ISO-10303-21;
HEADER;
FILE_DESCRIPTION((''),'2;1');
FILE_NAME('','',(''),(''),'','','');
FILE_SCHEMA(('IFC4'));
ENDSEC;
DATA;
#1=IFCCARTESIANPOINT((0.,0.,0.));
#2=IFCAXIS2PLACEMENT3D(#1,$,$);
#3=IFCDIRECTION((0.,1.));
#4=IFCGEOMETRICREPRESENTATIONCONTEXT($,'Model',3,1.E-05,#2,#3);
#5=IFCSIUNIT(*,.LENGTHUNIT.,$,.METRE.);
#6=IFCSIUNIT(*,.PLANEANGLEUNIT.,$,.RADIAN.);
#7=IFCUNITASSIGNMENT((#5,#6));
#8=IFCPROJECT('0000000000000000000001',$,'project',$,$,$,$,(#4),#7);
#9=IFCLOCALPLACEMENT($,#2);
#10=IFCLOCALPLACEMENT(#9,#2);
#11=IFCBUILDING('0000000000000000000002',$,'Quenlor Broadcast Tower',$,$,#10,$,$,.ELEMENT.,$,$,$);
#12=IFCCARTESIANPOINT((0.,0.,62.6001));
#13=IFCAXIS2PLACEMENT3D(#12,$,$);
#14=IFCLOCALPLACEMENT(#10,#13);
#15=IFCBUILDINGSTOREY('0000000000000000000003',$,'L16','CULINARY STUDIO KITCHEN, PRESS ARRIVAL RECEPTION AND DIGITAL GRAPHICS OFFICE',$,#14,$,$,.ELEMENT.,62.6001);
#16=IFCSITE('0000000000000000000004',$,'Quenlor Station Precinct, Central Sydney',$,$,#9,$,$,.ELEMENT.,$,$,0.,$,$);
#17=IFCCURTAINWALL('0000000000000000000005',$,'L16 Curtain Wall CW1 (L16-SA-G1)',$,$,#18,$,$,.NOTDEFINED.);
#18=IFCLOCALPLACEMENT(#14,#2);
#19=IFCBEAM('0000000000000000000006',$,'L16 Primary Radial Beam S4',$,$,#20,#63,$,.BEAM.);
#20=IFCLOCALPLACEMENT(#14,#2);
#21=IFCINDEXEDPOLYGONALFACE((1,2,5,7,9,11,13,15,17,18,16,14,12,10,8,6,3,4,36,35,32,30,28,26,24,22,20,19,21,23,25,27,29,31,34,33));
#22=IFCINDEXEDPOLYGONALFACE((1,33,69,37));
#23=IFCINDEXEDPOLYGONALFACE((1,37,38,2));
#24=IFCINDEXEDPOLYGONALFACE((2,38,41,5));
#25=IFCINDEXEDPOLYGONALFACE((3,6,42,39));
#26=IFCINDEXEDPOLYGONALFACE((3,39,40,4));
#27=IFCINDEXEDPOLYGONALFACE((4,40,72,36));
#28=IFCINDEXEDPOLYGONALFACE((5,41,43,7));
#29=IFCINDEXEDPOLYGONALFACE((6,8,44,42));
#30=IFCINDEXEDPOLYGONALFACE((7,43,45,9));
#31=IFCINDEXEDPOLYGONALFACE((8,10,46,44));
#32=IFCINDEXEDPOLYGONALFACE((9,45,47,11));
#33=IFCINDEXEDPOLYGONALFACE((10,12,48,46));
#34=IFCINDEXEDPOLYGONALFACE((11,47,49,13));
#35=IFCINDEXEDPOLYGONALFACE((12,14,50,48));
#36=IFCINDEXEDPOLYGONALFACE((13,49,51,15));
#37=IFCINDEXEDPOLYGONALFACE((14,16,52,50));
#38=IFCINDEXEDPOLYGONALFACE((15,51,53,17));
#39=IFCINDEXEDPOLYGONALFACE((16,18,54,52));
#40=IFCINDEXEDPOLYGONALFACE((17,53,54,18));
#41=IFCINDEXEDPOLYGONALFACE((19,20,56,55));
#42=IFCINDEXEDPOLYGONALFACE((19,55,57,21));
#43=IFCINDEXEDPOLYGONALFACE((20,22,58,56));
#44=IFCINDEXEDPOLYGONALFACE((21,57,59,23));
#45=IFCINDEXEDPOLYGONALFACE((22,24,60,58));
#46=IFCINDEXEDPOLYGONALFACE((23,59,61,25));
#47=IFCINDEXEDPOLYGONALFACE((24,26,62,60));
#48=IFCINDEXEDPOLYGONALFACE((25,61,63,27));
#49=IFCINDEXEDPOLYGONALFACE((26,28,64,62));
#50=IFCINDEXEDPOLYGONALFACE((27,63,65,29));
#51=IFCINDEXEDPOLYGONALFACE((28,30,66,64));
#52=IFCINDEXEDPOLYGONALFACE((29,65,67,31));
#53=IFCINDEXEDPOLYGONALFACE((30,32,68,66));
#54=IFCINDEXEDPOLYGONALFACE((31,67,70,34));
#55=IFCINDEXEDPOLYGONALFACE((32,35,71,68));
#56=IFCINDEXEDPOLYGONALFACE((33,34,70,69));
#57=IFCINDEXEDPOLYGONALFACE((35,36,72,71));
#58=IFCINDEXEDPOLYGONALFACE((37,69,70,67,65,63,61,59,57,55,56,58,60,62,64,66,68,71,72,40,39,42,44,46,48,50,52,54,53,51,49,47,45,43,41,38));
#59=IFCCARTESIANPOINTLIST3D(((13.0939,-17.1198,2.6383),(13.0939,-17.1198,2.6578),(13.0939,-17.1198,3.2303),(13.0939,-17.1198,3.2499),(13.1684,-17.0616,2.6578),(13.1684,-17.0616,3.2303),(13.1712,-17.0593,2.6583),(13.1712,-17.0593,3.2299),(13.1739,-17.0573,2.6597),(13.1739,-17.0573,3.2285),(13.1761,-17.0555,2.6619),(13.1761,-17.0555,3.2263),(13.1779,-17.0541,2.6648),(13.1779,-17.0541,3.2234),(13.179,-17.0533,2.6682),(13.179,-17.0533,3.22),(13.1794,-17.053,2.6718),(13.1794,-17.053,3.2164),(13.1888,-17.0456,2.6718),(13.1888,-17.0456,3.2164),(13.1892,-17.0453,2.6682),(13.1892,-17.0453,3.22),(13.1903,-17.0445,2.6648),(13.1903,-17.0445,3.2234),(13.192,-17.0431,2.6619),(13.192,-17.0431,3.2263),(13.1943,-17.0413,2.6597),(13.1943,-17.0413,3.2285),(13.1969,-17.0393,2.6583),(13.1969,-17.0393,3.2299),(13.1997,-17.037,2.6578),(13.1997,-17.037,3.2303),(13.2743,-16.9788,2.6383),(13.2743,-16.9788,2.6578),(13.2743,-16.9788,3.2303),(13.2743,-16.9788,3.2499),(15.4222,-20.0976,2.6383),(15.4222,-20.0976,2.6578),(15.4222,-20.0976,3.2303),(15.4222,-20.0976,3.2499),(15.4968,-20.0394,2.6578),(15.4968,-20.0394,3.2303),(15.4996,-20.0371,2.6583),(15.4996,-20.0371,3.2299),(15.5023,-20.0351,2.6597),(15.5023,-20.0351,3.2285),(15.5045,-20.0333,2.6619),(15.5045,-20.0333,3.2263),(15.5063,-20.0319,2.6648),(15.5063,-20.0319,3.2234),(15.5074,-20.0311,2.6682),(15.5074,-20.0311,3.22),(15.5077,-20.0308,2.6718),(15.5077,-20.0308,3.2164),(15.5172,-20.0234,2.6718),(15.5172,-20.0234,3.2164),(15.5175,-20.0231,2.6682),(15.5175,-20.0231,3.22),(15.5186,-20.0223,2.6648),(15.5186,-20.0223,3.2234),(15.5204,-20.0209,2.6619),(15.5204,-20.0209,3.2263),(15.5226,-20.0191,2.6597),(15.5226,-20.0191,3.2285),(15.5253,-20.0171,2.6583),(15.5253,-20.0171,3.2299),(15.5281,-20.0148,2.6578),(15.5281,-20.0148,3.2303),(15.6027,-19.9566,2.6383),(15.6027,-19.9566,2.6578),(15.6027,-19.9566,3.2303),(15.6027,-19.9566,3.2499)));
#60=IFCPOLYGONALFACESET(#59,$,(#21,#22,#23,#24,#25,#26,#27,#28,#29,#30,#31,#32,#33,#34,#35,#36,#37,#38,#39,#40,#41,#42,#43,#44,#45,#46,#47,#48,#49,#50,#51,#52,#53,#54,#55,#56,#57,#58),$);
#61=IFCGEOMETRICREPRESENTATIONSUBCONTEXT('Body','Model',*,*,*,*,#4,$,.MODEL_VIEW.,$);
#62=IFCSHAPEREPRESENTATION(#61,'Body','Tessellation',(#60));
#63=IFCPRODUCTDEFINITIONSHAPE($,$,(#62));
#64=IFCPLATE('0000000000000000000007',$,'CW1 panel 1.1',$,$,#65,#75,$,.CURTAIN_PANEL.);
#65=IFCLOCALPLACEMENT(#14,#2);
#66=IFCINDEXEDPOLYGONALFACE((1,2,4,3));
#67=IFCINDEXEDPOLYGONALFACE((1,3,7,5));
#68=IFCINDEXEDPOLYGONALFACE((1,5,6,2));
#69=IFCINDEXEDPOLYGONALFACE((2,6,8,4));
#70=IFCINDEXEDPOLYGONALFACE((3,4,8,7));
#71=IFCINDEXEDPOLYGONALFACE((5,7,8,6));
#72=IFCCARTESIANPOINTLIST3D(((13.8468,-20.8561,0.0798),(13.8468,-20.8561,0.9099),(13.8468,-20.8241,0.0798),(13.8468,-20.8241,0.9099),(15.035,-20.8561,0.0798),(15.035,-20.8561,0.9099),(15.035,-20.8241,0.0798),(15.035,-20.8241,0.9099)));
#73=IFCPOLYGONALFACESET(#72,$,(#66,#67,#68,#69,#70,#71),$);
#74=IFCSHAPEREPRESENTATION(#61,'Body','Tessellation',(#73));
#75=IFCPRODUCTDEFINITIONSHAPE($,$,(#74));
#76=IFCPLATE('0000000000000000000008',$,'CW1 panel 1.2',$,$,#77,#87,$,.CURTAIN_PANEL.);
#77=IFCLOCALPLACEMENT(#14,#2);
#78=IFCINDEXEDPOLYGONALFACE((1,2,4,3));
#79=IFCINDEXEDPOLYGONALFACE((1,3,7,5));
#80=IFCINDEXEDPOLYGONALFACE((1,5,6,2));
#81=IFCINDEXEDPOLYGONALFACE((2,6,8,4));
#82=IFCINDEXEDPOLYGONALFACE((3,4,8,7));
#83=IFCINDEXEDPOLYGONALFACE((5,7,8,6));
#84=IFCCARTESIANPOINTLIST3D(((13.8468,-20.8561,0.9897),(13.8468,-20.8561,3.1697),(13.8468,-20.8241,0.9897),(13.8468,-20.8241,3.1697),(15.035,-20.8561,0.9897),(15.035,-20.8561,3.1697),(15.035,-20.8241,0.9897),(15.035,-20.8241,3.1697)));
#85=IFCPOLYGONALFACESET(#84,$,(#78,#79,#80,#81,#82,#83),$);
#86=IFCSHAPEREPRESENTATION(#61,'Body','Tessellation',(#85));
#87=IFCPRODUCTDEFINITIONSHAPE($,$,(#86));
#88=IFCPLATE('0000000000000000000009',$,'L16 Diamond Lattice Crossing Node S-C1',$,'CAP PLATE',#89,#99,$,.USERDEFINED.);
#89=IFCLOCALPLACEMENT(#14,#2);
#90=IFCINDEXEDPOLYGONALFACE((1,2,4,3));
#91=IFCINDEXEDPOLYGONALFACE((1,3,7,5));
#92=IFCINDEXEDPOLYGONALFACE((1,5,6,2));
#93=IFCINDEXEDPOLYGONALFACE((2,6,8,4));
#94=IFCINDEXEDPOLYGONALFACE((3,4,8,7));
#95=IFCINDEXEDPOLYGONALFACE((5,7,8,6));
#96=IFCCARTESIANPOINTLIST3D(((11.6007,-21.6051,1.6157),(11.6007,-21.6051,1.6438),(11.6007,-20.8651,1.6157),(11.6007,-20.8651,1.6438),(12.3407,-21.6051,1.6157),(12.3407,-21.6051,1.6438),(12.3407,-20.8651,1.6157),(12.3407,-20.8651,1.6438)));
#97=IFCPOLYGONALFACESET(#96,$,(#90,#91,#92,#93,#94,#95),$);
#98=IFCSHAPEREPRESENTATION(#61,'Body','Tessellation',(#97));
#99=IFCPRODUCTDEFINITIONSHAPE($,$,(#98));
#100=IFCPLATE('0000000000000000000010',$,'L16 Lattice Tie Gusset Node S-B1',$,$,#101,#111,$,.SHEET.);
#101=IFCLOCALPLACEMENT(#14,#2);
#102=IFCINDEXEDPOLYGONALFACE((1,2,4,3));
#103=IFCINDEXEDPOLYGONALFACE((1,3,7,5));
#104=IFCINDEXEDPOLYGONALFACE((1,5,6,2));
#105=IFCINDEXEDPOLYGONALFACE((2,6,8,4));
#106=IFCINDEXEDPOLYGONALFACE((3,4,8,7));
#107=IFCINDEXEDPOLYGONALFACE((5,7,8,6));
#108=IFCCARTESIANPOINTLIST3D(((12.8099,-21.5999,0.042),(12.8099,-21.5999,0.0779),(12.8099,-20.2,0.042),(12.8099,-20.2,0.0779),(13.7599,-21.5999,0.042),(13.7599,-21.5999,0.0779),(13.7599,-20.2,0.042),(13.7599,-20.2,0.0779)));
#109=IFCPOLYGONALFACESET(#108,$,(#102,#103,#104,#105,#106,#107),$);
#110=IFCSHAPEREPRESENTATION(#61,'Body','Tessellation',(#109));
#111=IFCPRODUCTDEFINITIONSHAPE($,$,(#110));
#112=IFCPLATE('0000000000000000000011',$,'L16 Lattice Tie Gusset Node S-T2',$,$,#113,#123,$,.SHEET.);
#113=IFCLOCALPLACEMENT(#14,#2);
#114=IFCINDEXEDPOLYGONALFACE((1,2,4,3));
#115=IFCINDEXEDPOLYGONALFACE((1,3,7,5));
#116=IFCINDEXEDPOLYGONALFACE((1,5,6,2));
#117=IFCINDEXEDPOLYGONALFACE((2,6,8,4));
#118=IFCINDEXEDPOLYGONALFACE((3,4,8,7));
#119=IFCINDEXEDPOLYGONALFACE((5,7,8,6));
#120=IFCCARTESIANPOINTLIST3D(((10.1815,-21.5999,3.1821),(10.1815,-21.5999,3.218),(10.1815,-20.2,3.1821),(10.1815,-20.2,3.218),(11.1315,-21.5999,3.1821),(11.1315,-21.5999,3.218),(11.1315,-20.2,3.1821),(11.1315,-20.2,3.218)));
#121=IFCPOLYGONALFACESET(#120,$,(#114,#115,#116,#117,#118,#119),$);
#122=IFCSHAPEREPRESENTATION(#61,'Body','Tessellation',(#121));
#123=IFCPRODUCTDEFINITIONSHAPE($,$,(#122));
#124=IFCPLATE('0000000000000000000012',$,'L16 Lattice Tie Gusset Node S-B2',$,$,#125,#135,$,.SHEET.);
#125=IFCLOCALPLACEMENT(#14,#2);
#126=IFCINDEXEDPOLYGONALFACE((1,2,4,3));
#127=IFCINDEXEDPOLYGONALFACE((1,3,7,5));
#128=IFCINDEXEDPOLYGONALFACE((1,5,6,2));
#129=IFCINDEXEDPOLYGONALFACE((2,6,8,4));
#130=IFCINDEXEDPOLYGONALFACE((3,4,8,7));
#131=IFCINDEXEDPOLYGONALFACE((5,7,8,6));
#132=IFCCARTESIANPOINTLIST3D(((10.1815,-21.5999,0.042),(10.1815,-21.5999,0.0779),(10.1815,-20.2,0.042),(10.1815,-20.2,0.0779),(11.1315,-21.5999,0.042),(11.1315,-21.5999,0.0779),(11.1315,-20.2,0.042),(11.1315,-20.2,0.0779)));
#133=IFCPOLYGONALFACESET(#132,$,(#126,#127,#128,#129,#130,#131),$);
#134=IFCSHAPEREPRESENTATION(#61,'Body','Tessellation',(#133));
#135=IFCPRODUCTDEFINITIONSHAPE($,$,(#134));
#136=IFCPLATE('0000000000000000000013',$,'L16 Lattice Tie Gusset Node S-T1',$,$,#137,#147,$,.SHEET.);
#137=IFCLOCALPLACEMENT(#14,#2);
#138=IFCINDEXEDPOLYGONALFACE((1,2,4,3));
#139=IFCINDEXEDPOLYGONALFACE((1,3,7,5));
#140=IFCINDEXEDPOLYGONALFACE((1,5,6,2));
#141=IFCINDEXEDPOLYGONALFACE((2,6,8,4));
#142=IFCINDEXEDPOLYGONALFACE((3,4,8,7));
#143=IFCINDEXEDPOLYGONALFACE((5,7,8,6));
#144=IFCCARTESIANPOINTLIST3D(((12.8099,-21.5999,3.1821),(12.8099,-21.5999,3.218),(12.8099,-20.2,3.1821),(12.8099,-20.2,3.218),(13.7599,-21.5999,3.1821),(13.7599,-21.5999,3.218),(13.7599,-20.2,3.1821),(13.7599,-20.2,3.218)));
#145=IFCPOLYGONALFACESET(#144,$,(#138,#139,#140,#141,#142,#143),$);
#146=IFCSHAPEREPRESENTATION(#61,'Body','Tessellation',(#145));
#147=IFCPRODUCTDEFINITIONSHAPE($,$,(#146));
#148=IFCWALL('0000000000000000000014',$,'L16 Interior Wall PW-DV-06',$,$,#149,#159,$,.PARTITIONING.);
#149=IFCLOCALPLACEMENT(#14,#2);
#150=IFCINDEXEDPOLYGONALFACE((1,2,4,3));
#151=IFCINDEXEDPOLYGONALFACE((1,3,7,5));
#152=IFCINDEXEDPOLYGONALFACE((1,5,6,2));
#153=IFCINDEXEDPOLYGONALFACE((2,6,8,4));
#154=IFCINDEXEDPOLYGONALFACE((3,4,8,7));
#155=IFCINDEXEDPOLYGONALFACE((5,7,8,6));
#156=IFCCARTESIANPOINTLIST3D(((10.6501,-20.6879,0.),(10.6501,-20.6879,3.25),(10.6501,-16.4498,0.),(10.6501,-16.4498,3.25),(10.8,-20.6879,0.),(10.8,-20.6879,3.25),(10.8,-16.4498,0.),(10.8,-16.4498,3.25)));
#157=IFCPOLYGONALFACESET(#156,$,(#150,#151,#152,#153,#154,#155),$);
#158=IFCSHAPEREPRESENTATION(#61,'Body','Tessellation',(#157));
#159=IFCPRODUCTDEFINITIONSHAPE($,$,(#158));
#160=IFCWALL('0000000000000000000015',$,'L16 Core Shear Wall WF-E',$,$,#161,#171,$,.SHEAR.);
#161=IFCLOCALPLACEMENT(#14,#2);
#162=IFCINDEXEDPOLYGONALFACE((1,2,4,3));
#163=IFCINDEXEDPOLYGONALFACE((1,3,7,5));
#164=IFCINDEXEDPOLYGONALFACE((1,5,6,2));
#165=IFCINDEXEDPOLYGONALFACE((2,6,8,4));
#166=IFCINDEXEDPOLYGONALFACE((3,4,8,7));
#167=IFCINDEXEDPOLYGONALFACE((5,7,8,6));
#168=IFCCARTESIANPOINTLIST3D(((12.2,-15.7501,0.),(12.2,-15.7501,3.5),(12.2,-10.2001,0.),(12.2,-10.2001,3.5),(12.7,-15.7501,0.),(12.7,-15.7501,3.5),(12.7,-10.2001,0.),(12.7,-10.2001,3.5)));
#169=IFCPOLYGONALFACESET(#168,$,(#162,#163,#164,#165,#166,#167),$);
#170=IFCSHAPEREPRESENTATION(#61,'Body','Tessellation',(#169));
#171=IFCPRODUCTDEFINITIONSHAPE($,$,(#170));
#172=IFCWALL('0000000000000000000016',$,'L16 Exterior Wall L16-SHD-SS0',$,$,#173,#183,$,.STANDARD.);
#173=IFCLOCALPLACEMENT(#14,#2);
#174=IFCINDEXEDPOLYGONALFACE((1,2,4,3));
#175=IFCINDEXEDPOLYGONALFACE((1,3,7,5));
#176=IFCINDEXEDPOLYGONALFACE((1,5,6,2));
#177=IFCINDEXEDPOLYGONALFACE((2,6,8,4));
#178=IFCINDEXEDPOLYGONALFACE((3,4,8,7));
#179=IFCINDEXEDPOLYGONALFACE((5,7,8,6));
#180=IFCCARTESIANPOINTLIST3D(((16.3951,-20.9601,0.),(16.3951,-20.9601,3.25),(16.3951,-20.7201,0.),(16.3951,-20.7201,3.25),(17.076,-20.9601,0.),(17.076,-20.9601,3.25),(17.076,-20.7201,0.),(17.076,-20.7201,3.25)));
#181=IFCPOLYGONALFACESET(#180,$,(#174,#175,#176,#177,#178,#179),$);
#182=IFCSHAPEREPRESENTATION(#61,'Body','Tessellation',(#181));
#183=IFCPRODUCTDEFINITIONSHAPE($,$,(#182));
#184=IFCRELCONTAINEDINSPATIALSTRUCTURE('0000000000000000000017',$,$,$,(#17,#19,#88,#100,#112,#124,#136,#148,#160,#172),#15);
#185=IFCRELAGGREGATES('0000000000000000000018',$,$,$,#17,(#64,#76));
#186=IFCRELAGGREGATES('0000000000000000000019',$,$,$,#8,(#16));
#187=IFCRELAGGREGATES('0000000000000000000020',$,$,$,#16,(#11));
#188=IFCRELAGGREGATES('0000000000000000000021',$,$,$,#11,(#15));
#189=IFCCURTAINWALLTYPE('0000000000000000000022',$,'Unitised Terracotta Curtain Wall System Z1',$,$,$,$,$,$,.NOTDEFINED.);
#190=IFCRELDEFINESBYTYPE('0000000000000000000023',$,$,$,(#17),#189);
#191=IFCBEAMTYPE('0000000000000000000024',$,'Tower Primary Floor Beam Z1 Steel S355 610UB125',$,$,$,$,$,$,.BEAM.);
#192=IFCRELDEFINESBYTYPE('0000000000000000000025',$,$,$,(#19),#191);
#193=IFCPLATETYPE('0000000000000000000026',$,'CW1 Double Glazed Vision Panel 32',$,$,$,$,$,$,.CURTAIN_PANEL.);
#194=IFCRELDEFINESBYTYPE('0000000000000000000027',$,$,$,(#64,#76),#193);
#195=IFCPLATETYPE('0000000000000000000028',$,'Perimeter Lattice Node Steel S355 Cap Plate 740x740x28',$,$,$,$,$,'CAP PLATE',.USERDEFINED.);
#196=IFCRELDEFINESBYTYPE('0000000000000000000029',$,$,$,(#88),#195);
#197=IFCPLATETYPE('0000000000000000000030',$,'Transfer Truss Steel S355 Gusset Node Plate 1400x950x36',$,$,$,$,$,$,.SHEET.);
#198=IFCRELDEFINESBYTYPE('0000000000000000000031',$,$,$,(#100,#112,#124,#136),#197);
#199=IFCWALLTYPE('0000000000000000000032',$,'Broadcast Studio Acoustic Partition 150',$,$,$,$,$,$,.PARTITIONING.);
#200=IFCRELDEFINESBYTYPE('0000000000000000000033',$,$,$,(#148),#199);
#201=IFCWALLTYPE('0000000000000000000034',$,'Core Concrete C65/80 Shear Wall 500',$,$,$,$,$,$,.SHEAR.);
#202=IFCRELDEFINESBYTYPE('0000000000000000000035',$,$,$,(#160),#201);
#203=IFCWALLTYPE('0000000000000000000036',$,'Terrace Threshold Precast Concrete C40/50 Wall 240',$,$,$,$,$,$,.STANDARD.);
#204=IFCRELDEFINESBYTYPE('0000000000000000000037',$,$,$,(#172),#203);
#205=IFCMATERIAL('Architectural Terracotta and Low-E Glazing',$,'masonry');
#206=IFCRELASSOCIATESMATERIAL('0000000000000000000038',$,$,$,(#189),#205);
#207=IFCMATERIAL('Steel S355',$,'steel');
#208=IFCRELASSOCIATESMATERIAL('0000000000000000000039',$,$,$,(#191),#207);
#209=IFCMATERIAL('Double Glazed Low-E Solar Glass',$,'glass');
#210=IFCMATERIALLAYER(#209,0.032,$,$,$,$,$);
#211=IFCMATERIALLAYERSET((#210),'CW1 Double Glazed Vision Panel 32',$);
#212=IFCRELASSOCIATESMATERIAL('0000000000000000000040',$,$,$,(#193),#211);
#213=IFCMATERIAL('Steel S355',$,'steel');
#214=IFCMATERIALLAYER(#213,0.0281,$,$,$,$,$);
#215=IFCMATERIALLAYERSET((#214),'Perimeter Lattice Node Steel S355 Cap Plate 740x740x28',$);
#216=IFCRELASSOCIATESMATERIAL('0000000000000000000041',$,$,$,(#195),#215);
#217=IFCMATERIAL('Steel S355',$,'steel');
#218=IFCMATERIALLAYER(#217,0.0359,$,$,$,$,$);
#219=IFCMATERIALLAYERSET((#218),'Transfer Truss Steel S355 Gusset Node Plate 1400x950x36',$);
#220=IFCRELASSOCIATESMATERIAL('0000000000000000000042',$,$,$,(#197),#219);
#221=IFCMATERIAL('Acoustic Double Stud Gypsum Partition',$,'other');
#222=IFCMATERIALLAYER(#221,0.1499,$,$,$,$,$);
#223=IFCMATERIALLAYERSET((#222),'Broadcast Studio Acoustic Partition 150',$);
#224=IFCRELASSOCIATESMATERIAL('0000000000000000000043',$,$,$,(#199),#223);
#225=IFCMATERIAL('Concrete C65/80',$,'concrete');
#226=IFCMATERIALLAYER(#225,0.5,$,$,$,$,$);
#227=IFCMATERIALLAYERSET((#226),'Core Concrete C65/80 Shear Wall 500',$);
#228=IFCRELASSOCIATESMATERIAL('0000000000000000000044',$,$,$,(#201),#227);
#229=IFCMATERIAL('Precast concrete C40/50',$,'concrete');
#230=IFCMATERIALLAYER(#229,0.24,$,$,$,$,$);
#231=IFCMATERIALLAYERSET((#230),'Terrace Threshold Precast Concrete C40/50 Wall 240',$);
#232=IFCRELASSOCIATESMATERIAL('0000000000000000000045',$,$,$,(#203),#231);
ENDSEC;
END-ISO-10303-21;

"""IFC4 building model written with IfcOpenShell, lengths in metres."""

from ifc_helpers import new_model, si_unit, direction, frame, frame_2d, origin, origin_2d, place, context, subcontext, project, spatial, rectangle, i_section, extrude, material, layer, layer_set, material_profile, profile_set, type_object, element, aggregate, save


model = new_model("IFC4")

# Units and contexts
model_context = context("Model", 3, precision=1e-05, world=origin(), true_north=direction((0.0, 1.0)))
body_context = subcontext(model_context, "Body", "Model", "MODEL_VIEW")
ifc_project = project(units=[si_unit("LENGTHUNIT", "METRE"), si_unit("PLANEANGLEUNIT", "RADIAN")], contexts=[model_context])

# Site, building, storey
site_placement = place(None, origin())
site = spatial("IfcSite", under=ifc_project, at=site_placement, Name="Quenlor Station Precinct, Central Sydney", CompositionType="ELEMENT", RefElevation=0.0)
building_placement = place(site_placement, origin())
building = spatial("IfcBuilding", under=site, at=building_placement, Name="Quenlor Broadcast Tower", CompositionType="ELEMENT")
storey_placement = place(building_placement, frame((0.0, 0.0, 62.6001)))
storey = spatial("IfcBuildingStorey", under=building, at=storey_placement, Name="L16", Description="CULINARY STUDIO KITCHEN, PRESS ARRIVAL RECEPTION AND DIGITAL GRAPHICS OFFICE", CompositionType="ELEMENT", Elevation=62.6001)

# Curtain wall
ifc_material_1 = material(Name="Architectural Terracotta and Low-E Glazing", Category="masonry")
curtain_wall_type = type_object("IfcCurtainWallType", Name="Unitised Terracotta Curtain Wall System Z1", PredefinedType="NOTDEFINED", material=ifc_material_1)
curtain_wall_1_placement = place(storey_placement, origin())
curtain_wall_1 = element("IfcCurtainWall", 1, at=curtain_wall_1_placement, inside=storey, type_object=curtain_wall_type, Name="L16 Curtain Wall CW1 (L16-SA-G1)", PredefinedType="NOTDEFINED")

# Beam
ifc_material_2 = material(Name="Steel S355", Category="steel")
ifc_material_profile_1 = material_profile(ifc_material_2, i_section(OverallWidth=0.229, OverallDepth=0.6116, WebThickness=0.012, FlangeThickness=0.0195, FilletRadius=0.0139, at=origin_2d()))
ifc_profile_set_1 = profile_set([ifc_material_profile_1], Name="Steel S355 610UB125")
beam_type_1 = type_object("IfcBeamType", Name="Tower Primary Floor Beam Z1 Steel S355 610UB125", PredefinedType="BEAM", material=ifc_profile_set_1)
beam_1_placement = place(storey_placement, frame((15.5125, -20.0271, 2.9441), z_axis=(-0.615969, 0.787771, 0.0), x_axis=(-0.787771, -0.615969, 0.0)))
element("IfcBeam", 2, at=beam_1_placement, inside=storey, type_object=beam_type_1, Name="L16 Primary Radial Beam S4", PredefinedType="BEAM", context=body_context, shape_type="SweptSolid", body=[
    extrude(i_section(OverallWidth=0.229, OverallDepth=0.6116, WebThickness=0.012, FlangeThickness=0.0195, FilletRadius=0.0139, at=origin_2d()), origin(), (0.0, 0.0, 1.0), 3.78),
])

# Plates
ifc_material_3 = material(Name="Double Glazed Low-E Solar Glass", Category="glass")
ifc_layer_1 = layer(ifc_material_3, 0.032)
ifc_layer_set_1 = layer_set([ifc_layer_1], Name="CW1 Double Glazed Vision Panel 32")
plate_type_1 = type_object("IfcPlateType", Name="CW1 Double Glazed Vision Panel 32", PredefinedType="CURTAIN_PANEL", material=ifc_layer_set_1)
plate_1_placement = place(storey_placement, frame((14.4409, -20.8401, 0.0798), z_axis=(0.0, 0.0, 1.0), x_axis=(-1.0, 0.0, 0.0)))
plate_1 = element("IfcPlate", 3, at=plate_1_placement, type_object=plate_type_1, Name="CW1 panel 1.1", PredefinedType="CURTAIN_PANEL", context=body_context, shape_type="SweptSolid", body=[
    extrude(rectangle(XDim=1.1882, YDim=0.032, at=origin_2d()), origin(), (0.0, 0.0, 1.0), 0.8301),
])
plate_2_placement = place(storey_placement, frame((14.4409, -20.8401, 0.9897), z_axis=(0.0, 0.0, 1.0), x_axis=(-1.0, 0.0, 0.0)))
plate_2 = element("IfcPlate", 4, at=plate_2_placement, type_object=plate_type_1, Name="CW1 panel 1.2", PredefinedType="CURTAIN_PANEL", context=body_context, shape_type="SweptSolid", body=[
    extrude(rectangle(XDim=1.1882, YDim=0.032, at=origin_2d()), origin(), (0.0, 0.0, 1.0), 2.1799),
])
aggregate(curtain_wall_1, [plate_1, plate_2])

# Plates
ifc_material_4 = material(Name="Steel S355", Category="steel")
ifc_layer_2 = layer(ifc_material_4, 0.0281)
ifc_layer_set_2 = layer_set([ifc_layer_2], Name="Perimeter Lattice Node Steel S355 Cap Plate 740x740x28")
plate_type_2 = type_object("IfcPlateType", Name="Perimeter Lattice Node Steel S355 Cap Plate 740x740x28", ElementType="CAP PLATE", PredefinedType="USERDEFINED", material=ifc_layer_set_2)
plate_3_placement = place(storey_placement, frame((11.9707, -21.2351, 1.6157), z_axis=(0.0, 0.0, 1.0), x_axis=(-1.0, 0.0, 0.0)))
element("IfcPlate", 5, at=plate_3_placement, inside=storey, type_object=plate_type_2, Name="L16 Diamond Lattice Crossing Node S-C1", ObjectType="CAP PLATE", PredefinedType="USERDEFINED", context=body_context, shape_type="SweptSolid", body=[
    extrude(rectangle(XDim=0.74, YDim=0.74, at=origin_2d()), origin(), (0.0, 0.0, 1.0), 0.0281),
])
ifc_material_5 = material(Name="Steel S355", Category="steel")
ifc_layer_3 = layer(ifc_material_5, 0.0359)
ifc_layer_set_3 = layer_set([ifc_layer_3], Name="Transfer Truss Steel S355 Gusset Node Plate 1400x950x36")
plate_type_3 = type_object("IfcPlateType", Name="Transfer Truss Steel S355 Gusset Node Plate 1400x950x36", PredefinedType="SHEET", material=ifc_layer_set_3)
for number, where, z_axis, x_axis, name in (
    (6, (13.2849, -20.8999, 0.042), (0.0, 0.0, 1.0), (0.0, -1.0, 0.0), "L16 Lattice Tie Gusset Node S-B1"),
    (7, (10.6565, -20.8999, 3.1821), (0.0, 0.0, 1.0), (0.0, -1.0, 0.0), "L16 Lattice Tie Gusset Node S-T2"),
    (8, (10.6565, -20.8999, 0.042), (0.0, 0.0, 1.0), (0.0, -1.0, 0.0), "L16 Lattice Tie Gusset Node S-B2"),
    (9, (13.2849, -20.8999, 3.1821), (0.0, 0.0, 1.0), (0.0, -1.0, 0.0), "L16 Lattice Tie Gusset Node S-T1"),
):
    element("IfcPlate", number, at=place(storey_placement, frame(where, z_axis=z_axis, x_axis=x_axis)), inside=storey, type_object=plate_type_3, Name=name, PredefinedType="SHEET", context=body_context, shape_type="SweptSolid", body=[
        extrude(rectangle(XDim=1.3999, YDim=0.95, at=origin_2d()), origin(), (0.0, 0.0, 1.0), 0.0359),
    ])

# Walls
ifc_material_6 = material(Name="Acoustic Double Stud Gypsum Partition", Category="other")
ifc_layer_4 = layer(ifc_material_6, 0.1499)
ifc_layer_set_4 = layer_set([ifc_layer_4], Name="Broadcast Studio Acoustic Partition 150")
wall_type_1 = type_object("IfcWallType", Name="Broadcast Studio Acoustic Partition 150", PredefinedType="PARTITIONING", material=ifc_layer_set_4)
wall_1_placement = place(storey_placement, frame((10.7251, -20.688, 0.0), z_axis=(0.0, 0.0, 1.0), x_axis=(0.0, 1.0, 0.0)))
element("IfcWall", 10, at=wall_1_placement, inside=storey, type_object=wall_type_1, Name="L16 Interior Wall PW-DV-06", PredefinedType="PARTITIONING", context=body_context, shape_type="SweptSolid", body=[
    extrude(rectangle(XDim=4.238, YDim=0.1499, at=frame_2d((2.1191, 0.0))), origin(), (0.0, 0.0, 1.0), 3.25),
])
ifc_material_7 = material(Name="Concrete C65/80", Category="concrete")
ifc_layer_5 = layer(ifc_material_7, 0.5)
ifc_layer_set_5 = layer_set([ifc_layer_5], Name="Core Concrete C65/80 Shear Wall 500")
wall_type_2 = type_object("IfcWallType", Name="Core Concrete C65/80 Shear Wall 500", PredefinedType="SHEAR", material=ifc_layer_set_5)
wall_2_placement = place(storey_placement, frame((12.45, -15.75, 0.0), z_axis=(0.0, 0.0, 1.0), x_axis=(0.0, 1.0, 0.0)))
element("IfcWall", 11, at=wall_2_placement, inside=storey, type_object=wall_type_2, Name="L16 Core Shear Wall WF-E", PredefinedType="SHEAR", context=body_context, shape_type="SweptSolid", body=[
    extrude(rectangle(XDim=5.55, YDim=0.5, at=frame_2d((2.7749, 0.0))), origin(), (0.0, 0.0, 1.0), 3.5),
])
ifc_material_8 = material(Name="Precast concrete C40/50", Category="concrete")
ifc_layer_6 = layer(ifc_material_8, 0.24)
ifc_layer_set_6 = layer_set([ifc_layer_6], Name="Terrace Threshold Precast Concrete C40/50 Wall 240")
wall_type_3 = type_object("IfcWallType", Name="Terrace Threshold Precast Concrete C40/50 Wall 240", PredefinedType="STANDARD", material=ifc_layer_set_6)
wall_3_placement = place(storey_placement, frame((17.0759, -20.8401, 0.0), z_axis=(0.0, 0.0, 1.0), x_axis=(-1.0, 0.0, 0.0)))
element("IfcWall", 12, at=wall_3_placement, inside=storey, type_object=wall_type_3, Name="L16 Exterior Wall L16-SHD-SS0", PredefinedType="STANDARD", context=body_context, shape_type="SweptSolid", body=[
    extrude(rectangle(XDim=0.6809, YDim=0.24, at=frame_2d((0.3403, 0.0))), origin(), (0.0, 0.0, 1.0), 3.25),
])

save(model, "model.ifc")
